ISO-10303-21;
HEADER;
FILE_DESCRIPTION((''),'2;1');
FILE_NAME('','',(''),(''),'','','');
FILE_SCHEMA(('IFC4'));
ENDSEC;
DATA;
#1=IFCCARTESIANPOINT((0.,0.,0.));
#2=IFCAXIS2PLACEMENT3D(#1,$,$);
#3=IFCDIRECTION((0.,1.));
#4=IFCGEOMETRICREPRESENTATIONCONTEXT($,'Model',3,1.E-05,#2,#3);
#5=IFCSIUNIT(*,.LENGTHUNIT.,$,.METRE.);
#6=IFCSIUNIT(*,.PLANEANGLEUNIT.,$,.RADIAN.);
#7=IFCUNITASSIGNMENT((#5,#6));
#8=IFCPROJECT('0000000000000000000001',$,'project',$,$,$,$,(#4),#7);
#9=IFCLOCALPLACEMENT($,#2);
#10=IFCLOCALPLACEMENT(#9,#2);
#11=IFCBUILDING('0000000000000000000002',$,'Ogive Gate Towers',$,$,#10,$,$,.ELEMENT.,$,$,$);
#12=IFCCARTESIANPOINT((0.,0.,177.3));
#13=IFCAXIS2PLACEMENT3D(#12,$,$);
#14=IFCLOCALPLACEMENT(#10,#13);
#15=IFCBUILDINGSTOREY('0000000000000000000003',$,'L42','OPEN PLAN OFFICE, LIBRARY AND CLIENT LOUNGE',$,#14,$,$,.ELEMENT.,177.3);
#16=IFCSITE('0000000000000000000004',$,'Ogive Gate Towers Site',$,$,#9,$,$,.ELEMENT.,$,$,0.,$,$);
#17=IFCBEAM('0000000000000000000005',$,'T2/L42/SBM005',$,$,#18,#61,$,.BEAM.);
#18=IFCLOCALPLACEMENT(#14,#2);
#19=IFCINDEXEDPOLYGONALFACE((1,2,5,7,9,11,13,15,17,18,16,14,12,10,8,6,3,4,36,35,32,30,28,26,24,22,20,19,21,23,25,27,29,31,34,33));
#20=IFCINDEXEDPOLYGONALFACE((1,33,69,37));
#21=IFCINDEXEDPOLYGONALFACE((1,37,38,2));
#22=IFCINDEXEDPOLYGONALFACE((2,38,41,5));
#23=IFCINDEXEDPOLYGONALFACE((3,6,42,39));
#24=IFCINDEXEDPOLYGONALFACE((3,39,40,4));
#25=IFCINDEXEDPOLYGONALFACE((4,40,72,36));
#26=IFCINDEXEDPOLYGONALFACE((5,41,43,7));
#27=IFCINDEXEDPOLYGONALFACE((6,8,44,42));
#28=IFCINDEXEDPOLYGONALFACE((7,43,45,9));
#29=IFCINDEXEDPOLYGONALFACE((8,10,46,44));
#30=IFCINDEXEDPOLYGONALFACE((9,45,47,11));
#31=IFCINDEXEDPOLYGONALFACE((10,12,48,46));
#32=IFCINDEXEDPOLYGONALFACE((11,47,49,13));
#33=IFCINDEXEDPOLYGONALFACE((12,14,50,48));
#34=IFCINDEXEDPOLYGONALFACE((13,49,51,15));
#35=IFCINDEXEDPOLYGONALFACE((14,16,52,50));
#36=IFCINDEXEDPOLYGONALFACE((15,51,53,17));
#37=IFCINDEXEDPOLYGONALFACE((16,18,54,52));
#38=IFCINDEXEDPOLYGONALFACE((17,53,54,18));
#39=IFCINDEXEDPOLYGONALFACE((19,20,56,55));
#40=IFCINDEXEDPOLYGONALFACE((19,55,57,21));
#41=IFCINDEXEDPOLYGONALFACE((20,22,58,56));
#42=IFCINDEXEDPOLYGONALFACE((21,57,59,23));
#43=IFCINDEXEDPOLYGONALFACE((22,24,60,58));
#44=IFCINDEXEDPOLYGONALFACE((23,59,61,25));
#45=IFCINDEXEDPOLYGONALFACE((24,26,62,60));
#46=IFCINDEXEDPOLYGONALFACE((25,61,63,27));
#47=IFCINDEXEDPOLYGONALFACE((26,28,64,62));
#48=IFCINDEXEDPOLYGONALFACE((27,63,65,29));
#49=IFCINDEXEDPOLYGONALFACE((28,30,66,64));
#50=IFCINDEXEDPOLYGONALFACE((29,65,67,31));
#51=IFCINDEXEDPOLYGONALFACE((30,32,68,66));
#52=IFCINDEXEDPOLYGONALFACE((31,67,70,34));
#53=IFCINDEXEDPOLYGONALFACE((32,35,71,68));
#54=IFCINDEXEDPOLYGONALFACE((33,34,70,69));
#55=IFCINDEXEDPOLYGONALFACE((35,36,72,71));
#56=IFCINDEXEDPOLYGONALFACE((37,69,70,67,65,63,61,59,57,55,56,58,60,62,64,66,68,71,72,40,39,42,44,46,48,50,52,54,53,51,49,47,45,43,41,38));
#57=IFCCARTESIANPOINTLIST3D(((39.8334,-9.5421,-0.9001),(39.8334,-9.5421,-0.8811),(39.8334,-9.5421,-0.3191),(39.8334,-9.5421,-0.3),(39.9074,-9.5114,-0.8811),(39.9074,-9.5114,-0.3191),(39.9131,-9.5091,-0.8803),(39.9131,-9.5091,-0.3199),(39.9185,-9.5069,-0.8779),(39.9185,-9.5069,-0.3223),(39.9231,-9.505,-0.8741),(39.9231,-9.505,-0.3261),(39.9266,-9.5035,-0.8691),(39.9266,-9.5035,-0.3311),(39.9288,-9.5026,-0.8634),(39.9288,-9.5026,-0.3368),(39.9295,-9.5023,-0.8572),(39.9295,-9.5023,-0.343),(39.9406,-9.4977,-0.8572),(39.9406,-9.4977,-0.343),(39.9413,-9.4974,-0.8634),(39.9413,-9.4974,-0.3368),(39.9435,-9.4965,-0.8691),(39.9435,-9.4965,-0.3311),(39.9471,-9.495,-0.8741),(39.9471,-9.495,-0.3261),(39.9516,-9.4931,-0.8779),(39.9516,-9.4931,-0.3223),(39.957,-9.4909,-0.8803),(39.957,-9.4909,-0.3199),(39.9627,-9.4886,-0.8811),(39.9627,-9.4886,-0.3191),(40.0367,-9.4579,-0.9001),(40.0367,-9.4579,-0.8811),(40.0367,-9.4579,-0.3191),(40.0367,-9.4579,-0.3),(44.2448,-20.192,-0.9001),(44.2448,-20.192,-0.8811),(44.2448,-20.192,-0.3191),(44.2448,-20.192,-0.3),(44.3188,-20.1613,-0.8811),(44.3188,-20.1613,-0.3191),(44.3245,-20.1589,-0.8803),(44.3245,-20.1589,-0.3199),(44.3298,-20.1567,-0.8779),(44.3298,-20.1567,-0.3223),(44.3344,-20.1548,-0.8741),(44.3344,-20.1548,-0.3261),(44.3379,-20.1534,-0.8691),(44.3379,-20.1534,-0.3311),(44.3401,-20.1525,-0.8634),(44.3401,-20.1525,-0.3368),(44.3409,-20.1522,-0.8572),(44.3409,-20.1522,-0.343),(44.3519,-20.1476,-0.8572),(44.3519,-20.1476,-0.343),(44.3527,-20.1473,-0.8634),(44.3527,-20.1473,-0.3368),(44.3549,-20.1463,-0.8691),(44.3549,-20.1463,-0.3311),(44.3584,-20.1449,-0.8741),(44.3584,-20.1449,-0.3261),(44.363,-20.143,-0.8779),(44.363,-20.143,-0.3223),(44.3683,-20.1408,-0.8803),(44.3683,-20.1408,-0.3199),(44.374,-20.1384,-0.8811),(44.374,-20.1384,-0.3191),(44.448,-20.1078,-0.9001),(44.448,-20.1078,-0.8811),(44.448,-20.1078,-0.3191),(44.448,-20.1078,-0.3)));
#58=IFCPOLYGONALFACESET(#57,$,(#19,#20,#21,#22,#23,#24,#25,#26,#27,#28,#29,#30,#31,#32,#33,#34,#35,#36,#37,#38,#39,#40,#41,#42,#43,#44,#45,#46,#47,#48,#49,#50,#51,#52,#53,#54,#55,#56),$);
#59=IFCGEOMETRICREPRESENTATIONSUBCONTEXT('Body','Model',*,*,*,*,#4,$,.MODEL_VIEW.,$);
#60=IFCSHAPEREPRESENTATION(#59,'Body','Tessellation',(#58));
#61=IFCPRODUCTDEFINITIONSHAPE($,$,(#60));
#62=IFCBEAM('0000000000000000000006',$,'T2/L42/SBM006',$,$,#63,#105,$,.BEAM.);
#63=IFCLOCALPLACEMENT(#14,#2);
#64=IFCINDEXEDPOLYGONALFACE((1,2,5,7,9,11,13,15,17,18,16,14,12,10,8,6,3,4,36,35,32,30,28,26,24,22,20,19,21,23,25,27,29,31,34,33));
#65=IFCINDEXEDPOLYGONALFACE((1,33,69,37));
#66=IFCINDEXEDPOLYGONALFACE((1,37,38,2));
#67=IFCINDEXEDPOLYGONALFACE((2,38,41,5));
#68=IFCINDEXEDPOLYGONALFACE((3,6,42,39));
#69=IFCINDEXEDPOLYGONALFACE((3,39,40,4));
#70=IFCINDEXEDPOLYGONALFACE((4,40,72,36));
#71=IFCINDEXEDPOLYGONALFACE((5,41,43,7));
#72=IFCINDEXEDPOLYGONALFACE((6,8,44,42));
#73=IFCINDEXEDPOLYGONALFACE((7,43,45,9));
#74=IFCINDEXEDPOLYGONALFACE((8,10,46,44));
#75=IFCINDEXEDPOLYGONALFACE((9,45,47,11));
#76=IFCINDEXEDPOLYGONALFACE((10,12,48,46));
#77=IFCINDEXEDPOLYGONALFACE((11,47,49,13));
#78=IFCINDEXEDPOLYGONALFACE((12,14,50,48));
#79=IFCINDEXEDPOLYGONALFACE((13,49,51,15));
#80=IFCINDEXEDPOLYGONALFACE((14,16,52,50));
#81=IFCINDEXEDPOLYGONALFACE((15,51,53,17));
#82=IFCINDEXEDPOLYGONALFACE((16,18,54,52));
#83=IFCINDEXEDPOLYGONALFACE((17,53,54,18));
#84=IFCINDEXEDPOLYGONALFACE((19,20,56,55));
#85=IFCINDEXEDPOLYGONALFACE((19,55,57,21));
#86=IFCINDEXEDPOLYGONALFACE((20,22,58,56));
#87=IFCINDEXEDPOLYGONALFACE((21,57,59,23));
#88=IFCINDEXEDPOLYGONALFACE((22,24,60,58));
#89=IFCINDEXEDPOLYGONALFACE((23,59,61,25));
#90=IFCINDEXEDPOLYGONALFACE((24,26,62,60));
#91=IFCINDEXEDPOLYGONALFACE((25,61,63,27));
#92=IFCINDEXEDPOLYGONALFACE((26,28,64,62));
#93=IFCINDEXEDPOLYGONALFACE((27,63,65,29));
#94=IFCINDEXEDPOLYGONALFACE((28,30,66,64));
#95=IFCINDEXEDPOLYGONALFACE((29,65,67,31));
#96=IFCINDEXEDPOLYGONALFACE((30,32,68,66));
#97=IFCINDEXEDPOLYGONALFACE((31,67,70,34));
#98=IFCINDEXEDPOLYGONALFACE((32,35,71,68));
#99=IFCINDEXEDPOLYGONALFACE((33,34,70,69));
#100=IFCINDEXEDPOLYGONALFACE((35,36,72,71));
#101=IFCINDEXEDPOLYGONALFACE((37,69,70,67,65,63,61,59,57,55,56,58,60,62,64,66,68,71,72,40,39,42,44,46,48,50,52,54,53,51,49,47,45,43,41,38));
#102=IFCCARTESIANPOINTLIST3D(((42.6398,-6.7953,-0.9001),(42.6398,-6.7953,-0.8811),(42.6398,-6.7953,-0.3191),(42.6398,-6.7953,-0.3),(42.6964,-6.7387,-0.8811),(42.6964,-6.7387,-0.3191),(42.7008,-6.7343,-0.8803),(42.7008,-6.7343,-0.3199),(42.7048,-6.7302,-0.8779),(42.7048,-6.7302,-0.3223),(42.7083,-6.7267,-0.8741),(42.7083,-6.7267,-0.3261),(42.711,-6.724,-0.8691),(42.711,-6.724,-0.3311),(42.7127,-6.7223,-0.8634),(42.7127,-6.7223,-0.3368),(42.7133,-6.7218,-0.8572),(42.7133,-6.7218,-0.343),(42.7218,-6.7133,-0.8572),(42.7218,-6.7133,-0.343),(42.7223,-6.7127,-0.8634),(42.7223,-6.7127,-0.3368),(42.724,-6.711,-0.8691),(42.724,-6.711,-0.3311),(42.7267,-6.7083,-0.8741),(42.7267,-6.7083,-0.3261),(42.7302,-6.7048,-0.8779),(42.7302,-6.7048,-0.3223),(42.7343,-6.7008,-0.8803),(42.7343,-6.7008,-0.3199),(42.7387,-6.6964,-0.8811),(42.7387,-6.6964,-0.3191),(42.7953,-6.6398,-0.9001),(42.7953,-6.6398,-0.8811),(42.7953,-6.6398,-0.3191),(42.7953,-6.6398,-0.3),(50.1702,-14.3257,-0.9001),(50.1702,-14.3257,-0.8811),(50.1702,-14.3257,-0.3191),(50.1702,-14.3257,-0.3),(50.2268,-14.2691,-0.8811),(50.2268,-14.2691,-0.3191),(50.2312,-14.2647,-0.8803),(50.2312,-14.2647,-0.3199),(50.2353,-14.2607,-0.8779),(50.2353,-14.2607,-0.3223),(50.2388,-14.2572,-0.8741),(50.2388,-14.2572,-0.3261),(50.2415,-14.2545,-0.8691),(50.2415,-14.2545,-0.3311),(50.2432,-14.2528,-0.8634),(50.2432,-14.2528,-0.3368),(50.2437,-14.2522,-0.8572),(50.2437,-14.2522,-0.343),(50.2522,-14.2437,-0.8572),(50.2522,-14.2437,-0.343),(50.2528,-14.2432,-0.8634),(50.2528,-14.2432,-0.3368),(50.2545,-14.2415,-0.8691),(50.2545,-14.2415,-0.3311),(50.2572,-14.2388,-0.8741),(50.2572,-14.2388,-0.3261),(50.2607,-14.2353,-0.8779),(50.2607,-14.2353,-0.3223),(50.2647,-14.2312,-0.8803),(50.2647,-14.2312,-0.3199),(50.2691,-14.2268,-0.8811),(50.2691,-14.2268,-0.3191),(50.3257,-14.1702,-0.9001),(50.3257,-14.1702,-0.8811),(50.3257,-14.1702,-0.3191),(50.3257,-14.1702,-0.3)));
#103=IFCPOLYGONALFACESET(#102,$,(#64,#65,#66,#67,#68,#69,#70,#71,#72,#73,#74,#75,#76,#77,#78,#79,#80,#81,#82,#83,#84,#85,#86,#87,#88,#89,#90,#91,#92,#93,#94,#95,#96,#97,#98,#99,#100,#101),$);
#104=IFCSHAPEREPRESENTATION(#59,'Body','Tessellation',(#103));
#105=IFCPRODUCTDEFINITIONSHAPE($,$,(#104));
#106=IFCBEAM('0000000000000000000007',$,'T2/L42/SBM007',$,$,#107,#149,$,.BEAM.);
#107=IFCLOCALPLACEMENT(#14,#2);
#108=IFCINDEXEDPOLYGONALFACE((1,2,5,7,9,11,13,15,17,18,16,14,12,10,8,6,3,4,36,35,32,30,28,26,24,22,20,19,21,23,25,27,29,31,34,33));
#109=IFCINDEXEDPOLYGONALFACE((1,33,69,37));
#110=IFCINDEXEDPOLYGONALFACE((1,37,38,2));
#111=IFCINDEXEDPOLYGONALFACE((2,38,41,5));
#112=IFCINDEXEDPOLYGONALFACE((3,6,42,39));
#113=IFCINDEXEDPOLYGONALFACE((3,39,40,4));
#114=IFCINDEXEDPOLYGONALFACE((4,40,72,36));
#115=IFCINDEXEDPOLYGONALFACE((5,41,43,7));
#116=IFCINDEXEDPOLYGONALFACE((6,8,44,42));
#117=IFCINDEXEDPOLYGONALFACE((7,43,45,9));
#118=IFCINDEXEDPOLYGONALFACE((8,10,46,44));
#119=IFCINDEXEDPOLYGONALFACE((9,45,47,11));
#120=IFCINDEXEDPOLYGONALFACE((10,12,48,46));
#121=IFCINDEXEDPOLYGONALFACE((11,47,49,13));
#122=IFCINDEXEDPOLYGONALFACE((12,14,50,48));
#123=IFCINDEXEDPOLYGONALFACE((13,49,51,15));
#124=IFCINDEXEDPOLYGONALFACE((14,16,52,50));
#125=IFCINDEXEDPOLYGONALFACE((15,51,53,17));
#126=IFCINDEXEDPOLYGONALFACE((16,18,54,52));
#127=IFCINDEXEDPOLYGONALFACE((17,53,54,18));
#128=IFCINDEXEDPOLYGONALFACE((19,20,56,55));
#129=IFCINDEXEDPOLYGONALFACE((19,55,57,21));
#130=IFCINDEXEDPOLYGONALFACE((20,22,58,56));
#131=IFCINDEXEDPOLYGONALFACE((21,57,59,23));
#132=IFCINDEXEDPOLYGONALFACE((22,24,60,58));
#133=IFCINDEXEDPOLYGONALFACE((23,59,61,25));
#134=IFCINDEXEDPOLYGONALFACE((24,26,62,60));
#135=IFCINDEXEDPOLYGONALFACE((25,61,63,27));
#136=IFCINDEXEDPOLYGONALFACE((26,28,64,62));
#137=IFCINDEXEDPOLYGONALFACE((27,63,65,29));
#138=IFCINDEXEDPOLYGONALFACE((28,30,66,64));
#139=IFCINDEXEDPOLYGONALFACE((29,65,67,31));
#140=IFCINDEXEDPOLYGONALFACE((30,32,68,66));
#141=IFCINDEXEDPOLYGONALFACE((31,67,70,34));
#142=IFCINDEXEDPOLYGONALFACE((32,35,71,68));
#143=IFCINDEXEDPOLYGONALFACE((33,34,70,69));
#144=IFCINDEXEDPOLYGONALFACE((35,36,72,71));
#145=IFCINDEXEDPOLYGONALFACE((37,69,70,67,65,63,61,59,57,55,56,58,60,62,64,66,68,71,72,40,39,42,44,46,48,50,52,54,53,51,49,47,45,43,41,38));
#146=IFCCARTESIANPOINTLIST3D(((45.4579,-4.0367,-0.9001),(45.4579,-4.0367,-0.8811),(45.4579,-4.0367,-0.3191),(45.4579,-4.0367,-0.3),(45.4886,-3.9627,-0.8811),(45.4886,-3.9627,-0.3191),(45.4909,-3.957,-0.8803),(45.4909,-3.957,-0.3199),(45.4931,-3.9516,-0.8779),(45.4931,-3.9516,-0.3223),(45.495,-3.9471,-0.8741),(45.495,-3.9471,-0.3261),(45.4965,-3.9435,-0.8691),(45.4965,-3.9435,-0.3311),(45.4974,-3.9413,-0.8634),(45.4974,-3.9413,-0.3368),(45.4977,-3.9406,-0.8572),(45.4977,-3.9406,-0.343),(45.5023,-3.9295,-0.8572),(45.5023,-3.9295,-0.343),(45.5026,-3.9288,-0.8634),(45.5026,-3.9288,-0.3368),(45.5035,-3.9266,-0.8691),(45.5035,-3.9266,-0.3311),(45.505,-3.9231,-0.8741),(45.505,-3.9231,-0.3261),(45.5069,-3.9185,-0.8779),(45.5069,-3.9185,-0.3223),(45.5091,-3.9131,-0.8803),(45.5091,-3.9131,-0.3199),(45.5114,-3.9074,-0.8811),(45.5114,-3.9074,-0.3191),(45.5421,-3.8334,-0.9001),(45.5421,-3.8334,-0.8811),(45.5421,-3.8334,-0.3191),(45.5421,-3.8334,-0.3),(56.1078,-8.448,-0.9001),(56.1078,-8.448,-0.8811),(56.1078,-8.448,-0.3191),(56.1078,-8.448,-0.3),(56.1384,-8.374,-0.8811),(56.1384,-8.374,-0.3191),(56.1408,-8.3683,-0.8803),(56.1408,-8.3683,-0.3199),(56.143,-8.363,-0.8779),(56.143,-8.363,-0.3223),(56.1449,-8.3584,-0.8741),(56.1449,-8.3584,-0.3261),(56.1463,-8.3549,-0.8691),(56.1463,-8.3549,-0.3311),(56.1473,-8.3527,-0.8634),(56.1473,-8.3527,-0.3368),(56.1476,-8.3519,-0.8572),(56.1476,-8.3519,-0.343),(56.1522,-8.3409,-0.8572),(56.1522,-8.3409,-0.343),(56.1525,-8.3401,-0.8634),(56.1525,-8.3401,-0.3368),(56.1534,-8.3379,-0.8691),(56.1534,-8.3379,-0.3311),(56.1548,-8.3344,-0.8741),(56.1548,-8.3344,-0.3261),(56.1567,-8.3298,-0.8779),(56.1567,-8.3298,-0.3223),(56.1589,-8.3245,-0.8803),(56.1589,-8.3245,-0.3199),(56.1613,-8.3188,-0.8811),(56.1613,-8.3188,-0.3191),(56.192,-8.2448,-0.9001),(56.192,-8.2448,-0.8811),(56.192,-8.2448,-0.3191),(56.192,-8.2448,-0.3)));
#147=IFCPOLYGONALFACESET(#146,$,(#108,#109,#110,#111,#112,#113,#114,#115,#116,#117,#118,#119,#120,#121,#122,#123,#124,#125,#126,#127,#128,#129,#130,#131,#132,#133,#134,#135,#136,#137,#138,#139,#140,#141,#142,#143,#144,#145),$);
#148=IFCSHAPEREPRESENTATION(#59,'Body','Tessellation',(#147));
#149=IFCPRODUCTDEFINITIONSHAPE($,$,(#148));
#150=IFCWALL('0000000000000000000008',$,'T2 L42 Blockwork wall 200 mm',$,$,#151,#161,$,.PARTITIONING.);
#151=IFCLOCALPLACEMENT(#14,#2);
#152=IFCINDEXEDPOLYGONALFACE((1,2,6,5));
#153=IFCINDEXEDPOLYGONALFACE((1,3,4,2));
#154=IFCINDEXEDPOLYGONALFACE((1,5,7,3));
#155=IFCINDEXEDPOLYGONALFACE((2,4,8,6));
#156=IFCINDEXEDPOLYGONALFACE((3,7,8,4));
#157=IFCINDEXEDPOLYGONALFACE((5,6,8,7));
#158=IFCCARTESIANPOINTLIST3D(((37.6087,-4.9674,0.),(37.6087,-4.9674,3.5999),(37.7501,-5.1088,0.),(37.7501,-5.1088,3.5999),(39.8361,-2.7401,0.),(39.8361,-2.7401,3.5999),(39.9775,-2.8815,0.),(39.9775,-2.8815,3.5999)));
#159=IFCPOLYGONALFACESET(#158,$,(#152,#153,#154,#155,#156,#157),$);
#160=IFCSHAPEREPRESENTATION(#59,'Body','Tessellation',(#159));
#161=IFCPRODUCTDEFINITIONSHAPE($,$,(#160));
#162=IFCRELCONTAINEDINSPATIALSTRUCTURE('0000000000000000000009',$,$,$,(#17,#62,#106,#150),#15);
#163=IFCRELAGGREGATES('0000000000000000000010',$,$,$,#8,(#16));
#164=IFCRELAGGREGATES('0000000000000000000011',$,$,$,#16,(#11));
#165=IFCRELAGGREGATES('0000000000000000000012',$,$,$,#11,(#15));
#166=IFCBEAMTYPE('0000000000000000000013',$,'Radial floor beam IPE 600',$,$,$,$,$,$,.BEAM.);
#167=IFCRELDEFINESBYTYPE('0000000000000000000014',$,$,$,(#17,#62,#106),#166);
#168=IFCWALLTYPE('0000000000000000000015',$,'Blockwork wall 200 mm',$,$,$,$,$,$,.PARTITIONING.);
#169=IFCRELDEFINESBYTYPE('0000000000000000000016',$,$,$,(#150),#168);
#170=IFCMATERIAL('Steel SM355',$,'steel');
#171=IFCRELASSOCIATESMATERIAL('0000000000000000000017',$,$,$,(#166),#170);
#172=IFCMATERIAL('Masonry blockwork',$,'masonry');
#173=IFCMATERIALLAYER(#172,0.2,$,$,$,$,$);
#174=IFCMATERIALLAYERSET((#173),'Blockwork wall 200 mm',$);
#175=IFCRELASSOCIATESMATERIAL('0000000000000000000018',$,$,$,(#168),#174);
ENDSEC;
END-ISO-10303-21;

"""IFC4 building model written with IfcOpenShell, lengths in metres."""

from ifc_helpers import new_model, si_unit, direction, frame, frame_2d, origin, origin_2d, place, context, subcontext, project, spatial, rectangle, i_section, extrude, material, layer, layer_set, material_profile, profile_set, type_object, element, save


model = new_model("IFC4")

# Units and contexts
model_context = context("Model", 3, precision=1e-05, world=origin(), true_north=direction((0.0, 1.0)))
body_context = subcontext(model_context, "Body", "Model", "MODEL_VIEW")
ifc_project = project(units=[si_unit("LENGTHUNIT", "METRE"), si_unit("PLANEANGLEUNIT", "RADIAN")], contexts=[model_context])

# Site, building, storey
site_placement = place(None, origin())
site = spatial("IfcSite", under=ifc_project, at=site_placement, Name="Ogive Gate Towers Site", CompositionType="ELEMENT", RefElevation=0.0)
building_placement = place(site_placement, origin())
building = spatial("IfcBuilding", under=site, at=building_placement, Name="Ogive Gate Towers", CompositionType="ELEMENT")
storey_placement = place(building_placement, frame((0.0, 0.0, 177.3)))
storey = spatial("IfcBuildingStorey", under=building, at=storey_placement, Name="L42", Description="OPEN PLAN OFFICE, LIBRARY AND CLIENT LOUNGE", CompositionType="ELEMENT", Elevation=177.3)

# Beams
ifc_material_1 = material(Name="Steel SM355", Category="steel")
ifc_material_profile = material_profile(ifc_material_1, i_section(OverallWidth=0.22, OverallDepth=0.6001, WebThickness=0.012, FlangeThickness=0.019, FilletRadius=0.0239, at=origin_2d()), Name="IPE 600")
ifc_profile_set = profile_set([ifc_material_profile], Name="Steel SM355")
beam_type = type_object("IfcBeamType", Name="Radial floor beam IPE 600", PredefinedType="BEAM", material=ifc_profile_set)
beam_1_placement = place(storey_placement, frame((39.9351, -9.5, -0.6001), z_axis=(0.382687, -0.923878, 0.0), x_axis=(0.923878, 0.382687, 0.0)))
element("IfcBeam", 1, at=beam_1_placement, inside=storey, type_object=beam_type, Name="T2/L42/SBM005", PredefinedType="BEAM", context=body_context, shape_type="SweptSolid", body=[
    extrude(i_section(OverallWidth=0.22, OverallDepth=0.6001, WebThickness=0.012, FlangeThickness=0.019, FilletRadius=0.0239, at=origin_2d()), origin(), (0.0, 0.0, 1.0), 11.5273),
])
beam_2_placement = place(storey_placement, frame((42.7175, -6.7175, -0.6001), z_axis=(0.707107, -0.707107, 0.0), x_axis=(0.707107, 0.707107, 0.0)))
element("IfcBeam", 2, at=beam_2_placement, inside=storey, type_object=beam_type, Name="T2/L42/SBM006", PredefinedType="BEAM", context=body_context, shape_type="SweptSolid", body=[
    extrude(i_section(OverallWidth=0.22, OverallDepth=0.6001, WebThickness=0.012, FlangeThickness=0.019, FilletRadius=0.0239, at=origin_2d()), origin(), (0.0, 0.0, 1.0), 10.6497),
])
beam_3_placement = place(storey_placement, frame((45.5, -3.9351, -0.6001), z_axis=(0.923878, -0.382687, 0.0), x_axis=(0.382687, 0.923878, 0.0)))
element("IfcBeam", 3, at=beam_3_placement, inside=storey, type_object=beam_type, Name="T2/L42/SBM007", PredefinedType="BEAM", context=body_context, shape_type="SweptSolid", body=[
    extrude(i_section(OverallWidth=0.22, OverallDepth=0.6001, WebThickness=0.012, FlangeThickness=0.019, FilletRadius=0.0239, at=origin_2d()), origin(), (0.0, 0.0, 1.0), 11.5273),
])

# Wall
ifc_material_2 = material(Name="Masonry blockwork", Category="masonry")
ifc_layer_1 = layer(ifc_material_2, 0.2)
ifc_layer_set_1 = layer_set([ifc_layer_1], Name="Blockwork wall 200 mm")
wall_type_1 = type_object("IfcWallType", Name="Blockwork wall 200 mm", PredefinedType="PARTITIONING", material=ifc_layer_set_1)
wall_1_placement = place(storey_placement, frame((37.6794, -5.0381, 0.0), z_axis=(0.0, 0.0, 1.0), x_axis=(0.707107, 0.707107, 0.0)))
element("IfcWall", 4, at=wall_1_placement, inside=storey, type_object=wall_type_1, Name="T2 L42 Blockwork wall 200 mm", PredefinedType="PARTITIONING", context=body_context, shape_type="SweptSolid", body=[
    extrude(rectangle(XDim=3.1499, YDim=0.2, at=frame_2d((1.575, 0.0))), origin(), (0.0, 0.0, 1.0), 3.5999),
])

save(model, "model.ifc")
